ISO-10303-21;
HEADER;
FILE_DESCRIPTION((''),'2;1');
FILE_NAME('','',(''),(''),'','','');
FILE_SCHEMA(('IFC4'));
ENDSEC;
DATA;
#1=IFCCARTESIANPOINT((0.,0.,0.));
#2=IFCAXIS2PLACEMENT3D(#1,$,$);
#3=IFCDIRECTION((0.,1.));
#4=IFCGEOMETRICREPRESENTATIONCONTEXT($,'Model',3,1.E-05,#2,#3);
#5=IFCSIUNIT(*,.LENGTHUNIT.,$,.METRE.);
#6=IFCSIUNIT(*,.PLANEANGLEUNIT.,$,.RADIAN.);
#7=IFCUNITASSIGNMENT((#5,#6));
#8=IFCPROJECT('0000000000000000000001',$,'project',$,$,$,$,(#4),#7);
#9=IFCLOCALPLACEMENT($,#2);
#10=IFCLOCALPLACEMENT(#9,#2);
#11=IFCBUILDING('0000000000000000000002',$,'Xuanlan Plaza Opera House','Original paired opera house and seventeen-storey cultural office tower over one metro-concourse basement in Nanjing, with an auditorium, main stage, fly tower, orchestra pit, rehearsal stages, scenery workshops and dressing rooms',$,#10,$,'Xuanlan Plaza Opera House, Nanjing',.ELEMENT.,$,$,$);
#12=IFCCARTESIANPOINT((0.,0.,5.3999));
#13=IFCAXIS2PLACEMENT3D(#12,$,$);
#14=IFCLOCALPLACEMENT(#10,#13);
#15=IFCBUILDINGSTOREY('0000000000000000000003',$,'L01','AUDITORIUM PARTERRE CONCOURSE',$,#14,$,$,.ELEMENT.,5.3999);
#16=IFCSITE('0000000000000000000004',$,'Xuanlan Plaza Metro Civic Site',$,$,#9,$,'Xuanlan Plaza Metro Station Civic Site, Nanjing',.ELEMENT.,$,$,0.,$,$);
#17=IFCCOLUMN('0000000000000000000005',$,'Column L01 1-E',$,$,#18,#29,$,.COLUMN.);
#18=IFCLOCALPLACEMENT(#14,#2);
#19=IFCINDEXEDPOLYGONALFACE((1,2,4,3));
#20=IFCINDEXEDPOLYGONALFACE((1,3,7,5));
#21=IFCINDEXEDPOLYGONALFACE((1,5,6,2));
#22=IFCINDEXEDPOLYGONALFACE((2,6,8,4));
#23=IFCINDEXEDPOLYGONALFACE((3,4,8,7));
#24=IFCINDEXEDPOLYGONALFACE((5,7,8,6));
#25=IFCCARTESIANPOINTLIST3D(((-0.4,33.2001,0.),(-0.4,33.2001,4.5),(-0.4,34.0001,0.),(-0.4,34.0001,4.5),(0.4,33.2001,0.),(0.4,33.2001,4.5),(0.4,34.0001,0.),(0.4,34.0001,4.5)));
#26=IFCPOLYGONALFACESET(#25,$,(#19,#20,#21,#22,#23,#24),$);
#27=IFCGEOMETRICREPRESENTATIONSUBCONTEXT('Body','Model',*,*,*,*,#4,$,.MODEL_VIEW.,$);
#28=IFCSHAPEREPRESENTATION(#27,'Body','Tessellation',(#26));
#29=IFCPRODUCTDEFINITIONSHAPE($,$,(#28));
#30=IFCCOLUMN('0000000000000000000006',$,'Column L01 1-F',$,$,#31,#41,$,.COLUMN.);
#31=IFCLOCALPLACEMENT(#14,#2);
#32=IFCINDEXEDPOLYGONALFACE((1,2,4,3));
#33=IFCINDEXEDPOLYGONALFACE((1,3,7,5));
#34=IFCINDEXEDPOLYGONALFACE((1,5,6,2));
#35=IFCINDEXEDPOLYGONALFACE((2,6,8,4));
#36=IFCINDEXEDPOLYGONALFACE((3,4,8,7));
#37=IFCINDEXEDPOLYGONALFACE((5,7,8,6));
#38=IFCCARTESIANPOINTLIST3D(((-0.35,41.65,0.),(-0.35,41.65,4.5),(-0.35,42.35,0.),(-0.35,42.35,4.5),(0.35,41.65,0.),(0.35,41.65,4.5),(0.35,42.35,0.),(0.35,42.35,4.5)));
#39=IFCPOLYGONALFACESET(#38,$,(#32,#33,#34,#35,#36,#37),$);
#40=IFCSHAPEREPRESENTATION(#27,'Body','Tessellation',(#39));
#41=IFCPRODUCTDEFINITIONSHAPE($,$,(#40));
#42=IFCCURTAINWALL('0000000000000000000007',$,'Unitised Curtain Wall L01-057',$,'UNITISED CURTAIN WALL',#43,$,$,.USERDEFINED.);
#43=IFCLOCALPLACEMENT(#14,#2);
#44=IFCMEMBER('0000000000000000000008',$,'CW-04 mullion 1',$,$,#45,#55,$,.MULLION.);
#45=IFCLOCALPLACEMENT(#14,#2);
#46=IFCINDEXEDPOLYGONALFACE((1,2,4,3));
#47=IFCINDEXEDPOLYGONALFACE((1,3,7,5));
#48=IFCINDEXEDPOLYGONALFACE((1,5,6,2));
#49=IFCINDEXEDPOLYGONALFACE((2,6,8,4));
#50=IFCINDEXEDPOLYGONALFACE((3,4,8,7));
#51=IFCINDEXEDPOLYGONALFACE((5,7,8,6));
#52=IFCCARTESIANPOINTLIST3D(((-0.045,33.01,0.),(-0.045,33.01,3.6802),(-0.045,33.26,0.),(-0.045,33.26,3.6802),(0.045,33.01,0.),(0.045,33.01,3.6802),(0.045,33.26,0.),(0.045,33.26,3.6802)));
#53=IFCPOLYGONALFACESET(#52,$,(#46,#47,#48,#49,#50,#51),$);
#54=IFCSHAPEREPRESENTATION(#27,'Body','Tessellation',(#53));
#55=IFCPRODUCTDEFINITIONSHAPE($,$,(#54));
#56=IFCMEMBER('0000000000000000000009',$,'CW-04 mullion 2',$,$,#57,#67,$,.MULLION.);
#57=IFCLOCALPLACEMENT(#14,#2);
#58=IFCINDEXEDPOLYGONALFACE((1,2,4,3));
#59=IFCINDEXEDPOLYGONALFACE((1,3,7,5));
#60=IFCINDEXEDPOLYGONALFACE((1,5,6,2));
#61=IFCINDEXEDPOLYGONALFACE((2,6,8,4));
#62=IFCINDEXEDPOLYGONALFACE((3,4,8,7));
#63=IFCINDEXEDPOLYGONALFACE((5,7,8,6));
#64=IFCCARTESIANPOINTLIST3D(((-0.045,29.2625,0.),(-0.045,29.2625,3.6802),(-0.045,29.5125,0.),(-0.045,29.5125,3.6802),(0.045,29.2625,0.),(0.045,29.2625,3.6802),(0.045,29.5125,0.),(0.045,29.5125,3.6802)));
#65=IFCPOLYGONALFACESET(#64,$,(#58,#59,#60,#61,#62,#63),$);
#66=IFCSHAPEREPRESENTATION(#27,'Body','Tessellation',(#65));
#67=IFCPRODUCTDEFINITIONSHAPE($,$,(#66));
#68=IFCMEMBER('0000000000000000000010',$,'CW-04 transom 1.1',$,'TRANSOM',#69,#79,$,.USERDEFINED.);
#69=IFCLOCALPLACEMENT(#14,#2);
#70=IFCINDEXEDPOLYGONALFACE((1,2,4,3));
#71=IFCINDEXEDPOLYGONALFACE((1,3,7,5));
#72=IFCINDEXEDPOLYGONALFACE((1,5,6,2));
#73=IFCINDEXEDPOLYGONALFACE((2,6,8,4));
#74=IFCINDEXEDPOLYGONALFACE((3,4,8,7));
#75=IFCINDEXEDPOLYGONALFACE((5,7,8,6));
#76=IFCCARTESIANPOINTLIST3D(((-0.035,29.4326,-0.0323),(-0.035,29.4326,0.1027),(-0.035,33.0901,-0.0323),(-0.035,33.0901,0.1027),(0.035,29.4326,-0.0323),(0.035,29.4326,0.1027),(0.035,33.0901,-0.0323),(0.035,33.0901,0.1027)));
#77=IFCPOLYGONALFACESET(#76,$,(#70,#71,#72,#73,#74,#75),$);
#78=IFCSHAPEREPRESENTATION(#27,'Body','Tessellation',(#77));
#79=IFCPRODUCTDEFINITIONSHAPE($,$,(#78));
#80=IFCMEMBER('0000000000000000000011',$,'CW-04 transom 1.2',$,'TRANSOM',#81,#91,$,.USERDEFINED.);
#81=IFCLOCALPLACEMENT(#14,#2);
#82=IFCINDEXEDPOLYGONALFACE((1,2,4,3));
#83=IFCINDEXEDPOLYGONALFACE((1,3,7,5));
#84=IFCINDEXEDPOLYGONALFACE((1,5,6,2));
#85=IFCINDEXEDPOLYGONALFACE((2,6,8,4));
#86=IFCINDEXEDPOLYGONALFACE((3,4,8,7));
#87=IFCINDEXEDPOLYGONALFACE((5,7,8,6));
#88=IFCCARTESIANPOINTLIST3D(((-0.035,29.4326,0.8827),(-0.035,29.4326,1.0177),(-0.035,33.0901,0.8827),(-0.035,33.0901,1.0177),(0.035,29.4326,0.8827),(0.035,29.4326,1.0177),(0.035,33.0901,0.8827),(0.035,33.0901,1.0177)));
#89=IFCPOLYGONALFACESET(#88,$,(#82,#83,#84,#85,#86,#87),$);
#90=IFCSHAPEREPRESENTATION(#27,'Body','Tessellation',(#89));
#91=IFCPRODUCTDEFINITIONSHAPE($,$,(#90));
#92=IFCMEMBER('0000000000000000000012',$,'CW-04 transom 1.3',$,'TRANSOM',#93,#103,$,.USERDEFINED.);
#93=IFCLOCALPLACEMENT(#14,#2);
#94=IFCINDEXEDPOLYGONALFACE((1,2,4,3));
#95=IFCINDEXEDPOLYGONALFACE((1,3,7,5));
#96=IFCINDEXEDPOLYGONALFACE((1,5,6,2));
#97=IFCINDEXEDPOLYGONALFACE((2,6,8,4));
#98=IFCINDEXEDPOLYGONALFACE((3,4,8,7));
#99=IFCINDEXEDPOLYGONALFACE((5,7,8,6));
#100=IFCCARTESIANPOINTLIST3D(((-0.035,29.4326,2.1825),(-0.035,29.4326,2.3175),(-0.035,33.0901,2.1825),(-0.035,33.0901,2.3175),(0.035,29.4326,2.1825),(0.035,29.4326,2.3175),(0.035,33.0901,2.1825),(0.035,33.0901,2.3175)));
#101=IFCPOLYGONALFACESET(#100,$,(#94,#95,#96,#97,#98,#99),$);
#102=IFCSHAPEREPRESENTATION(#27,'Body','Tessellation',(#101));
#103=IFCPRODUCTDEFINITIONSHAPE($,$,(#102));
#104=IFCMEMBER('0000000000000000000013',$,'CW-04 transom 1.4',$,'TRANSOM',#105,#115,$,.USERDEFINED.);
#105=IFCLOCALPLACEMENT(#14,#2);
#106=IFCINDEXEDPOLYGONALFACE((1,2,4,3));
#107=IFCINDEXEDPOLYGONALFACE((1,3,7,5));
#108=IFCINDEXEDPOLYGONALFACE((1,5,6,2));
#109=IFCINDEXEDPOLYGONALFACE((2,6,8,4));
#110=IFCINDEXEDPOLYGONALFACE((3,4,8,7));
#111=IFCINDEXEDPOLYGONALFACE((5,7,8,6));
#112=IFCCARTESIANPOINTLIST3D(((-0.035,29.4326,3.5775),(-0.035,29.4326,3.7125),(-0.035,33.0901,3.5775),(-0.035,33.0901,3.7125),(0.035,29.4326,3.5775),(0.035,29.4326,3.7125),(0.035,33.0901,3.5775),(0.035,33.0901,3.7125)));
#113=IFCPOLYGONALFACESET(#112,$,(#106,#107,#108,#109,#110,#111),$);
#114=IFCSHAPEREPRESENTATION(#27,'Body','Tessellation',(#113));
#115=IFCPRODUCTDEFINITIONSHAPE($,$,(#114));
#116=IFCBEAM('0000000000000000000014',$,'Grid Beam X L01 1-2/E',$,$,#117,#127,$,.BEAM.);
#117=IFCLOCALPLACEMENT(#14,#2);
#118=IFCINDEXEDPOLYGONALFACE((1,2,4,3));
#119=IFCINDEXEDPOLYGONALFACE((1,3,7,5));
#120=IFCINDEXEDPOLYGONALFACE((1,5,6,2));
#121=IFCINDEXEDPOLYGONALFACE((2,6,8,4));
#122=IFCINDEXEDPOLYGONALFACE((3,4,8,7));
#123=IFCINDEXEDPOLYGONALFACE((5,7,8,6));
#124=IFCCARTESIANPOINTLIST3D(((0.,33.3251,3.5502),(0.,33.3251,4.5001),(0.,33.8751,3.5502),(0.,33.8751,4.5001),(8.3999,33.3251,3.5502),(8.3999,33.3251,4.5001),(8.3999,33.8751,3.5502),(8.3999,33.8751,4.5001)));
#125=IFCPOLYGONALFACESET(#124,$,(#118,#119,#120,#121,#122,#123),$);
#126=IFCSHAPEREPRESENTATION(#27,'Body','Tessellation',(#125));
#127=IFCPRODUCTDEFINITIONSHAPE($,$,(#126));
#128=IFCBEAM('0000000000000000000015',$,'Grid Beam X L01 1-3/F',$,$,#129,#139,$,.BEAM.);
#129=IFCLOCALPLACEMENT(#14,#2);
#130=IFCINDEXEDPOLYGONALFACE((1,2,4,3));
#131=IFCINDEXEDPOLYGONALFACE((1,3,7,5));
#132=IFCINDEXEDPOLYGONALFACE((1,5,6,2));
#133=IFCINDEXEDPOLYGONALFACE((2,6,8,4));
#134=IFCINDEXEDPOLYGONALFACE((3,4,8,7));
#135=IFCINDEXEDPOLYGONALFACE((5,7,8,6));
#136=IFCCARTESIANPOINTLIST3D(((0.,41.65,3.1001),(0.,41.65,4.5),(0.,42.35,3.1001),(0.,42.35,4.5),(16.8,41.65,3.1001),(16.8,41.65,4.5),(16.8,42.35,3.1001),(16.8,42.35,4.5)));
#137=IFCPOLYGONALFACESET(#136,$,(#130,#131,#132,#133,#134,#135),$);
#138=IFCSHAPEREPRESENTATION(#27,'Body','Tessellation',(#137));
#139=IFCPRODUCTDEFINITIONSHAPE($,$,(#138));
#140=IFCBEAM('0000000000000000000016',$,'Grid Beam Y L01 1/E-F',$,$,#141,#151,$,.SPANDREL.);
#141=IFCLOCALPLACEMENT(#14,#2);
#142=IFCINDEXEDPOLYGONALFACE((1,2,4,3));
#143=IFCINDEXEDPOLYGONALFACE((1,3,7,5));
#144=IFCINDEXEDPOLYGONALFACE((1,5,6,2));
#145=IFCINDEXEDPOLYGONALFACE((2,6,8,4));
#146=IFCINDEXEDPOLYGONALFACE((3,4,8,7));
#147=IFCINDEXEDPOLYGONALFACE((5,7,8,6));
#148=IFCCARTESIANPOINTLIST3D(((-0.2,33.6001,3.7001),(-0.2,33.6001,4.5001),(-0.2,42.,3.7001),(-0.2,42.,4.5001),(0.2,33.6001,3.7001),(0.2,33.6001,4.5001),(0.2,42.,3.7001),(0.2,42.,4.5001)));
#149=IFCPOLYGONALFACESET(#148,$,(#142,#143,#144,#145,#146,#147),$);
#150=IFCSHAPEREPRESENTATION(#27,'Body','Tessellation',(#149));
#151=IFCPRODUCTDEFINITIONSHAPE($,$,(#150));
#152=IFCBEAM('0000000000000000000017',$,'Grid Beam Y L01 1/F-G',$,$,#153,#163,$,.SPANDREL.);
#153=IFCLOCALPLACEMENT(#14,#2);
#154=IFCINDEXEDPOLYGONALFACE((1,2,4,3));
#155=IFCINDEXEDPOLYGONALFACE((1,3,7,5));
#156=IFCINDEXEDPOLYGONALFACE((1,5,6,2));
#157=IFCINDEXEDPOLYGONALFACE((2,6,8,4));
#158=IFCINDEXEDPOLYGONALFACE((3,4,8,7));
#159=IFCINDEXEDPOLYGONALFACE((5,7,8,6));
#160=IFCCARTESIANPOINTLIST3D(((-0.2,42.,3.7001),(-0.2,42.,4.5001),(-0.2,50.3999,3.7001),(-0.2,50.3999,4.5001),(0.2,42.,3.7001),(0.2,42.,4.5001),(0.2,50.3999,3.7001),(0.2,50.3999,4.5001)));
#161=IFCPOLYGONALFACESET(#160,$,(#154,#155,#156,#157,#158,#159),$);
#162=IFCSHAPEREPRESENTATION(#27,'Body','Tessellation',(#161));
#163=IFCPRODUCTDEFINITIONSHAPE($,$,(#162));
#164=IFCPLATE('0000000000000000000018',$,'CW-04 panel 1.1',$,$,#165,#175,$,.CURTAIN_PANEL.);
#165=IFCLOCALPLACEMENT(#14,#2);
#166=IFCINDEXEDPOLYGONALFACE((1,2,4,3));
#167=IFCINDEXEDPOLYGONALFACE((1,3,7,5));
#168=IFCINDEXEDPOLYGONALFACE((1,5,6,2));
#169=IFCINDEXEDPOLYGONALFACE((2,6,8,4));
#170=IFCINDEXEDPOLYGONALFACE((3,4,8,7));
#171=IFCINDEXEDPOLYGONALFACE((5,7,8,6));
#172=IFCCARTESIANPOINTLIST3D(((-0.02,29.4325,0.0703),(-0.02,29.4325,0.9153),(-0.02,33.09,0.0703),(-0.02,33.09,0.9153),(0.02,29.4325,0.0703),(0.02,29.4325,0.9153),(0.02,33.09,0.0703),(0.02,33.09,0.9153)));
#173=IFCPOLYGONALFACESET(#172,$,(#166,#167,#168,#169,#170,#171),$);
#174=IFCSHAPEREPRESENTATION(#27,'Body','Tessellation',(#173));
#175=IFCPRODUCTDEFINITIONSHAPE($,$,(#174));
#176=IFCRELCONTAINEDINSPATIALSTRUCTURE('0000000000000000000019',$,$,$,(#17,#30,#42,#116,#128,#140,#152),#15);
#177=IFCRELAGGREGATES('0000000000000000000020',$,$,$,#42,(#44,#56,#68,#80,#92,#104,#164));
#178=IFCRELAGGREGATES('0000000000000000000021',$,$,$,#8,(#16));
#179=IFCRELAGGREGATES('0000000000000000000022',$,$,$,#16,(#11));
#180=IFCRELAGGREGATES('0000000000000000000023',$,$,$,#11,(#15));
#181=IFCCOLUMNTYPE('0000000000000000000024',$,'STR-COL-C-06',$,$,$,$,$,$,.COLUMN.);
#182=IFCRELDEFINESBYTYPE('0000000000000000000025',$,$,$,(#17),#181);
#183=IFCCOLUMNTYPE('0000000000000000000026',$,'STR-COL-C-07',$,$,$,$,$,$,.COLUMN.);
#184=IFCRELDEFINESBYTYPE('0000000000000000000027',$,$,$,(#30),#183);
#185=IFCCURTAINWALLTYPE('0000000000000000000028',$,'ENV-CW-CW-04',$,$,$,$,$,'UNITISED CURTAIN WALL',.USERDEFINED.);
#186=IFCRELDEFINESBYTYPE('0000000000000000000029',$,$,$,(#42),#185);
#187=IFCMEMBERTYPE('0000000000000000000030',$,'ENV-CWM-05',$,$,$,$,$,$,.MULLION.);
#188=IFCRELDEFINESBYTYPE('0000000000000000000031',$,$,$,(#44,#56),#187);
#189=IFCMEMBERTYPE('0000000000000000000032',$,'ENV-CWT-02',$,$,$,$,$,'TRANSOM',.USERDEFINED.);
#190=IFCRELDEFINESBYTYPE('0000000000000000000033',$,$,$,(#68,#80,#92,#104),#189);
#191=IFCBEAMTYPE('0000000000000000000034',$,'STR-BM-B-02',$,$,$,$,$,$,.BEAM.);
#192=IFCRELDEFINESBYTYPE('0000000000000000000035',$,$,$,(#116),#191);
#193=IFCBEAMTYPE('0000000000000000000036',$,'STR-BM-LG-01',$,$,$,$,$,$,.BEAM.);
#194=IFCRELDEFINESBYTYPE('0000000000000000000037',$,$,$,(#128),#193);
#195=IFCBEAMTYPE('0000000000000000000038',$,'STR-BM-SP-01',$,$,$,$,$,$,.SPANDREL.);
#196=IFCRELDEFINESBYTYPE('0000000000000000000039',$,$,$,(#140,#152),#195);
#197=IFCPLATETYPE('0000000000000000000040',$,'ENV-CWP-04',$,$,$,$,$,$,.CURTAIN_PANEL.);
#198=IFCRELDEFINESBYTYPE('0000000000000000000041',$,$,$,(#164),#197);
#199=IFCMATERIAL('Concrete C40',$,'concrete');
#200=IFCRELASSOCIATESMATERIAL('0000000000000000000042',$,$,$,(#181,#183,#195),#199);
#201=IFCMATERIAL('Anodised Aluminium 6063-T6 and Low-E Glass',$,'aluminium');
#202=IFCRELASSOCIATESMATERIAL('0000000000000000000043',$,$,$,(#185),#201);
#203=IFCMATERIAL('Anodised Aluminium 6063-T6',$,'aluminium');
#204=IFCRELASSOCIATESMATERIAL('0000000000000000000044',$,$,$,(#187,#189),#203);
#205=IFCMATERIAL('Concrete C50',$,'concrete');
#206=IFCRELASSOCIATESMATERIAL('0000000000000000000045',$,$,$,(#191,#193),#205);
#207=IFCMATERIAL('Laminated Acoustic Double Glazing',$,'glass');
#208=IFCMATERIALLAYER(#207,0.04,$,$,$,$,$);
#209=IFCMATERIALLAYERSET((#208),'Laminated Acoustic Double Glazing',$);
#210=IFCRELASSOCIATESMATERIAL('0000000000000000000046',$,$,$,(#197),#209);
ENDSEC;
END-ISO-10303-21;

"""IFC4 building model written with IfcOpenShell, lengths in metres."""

from ifc_helpers import new_model, si_unit, direction, frame, origin, origin_2d, place, context, subcontext, project, spatial, rectangle, extrude, material, layer, layer_set, material_profile, profile_set, type_object, element, aggregate, save


model = new_model("IFC4")

# Units and contexts
model_context = context("Model", 3, precision=1e-05, world=origin(), true_north=direction((0.0, 1.0)))
body_context = subcontext(model_context, "Body", "Model", "MODEL_VIEW")
ifc_project = project(units=[si_unit("LENGTHUNIT", "METRE"), si_unit("PLANEANGLEUNIT", "RADIAN")], contexts=[model_context])

# Site, building, storey
site_placement = place(None, origin())
site = spatial("IfcSite", under=ifc_project, at=site_placement, Name="Xuanlan Plaza Metro Civic Site", LongName="Xuanlan Plaza Metro Station Civic Site, Nanjing", CompositionType="ELEMENT", RefElevation=0.0)
building_placement = place(site_placement, origin())
building = spatial("IfcBuilding", under=site, at=building_placement, Name="Xuanlan Plaza Opera House", Description="Original paired opera house and seventeen-storey cultural office tower over one metro-concourse basement in Nanjing, with an auditorium, main stage, fly tower, orchestra pit, rehearsal stages, scenery workshops and dressing rooms", LongName="Xuanlan Plaza Opera House, Nanjing", CompositionType="ELEMENT")
storey_placement = place(building_placement, frame((0.0, 0.0, 5.3999)))
storey = spatial("IfcBuildingStorey", under=building, at=storey_placement, Name="L01", Description="AUDITORIUM PARTERRE CONCOURSE", CompositionType="ELEMENT", Elevation=5.3999)

# Columns
ifc_material_1 = material(Name="Concrete C40", Category="concrete")
ifc_material_profile_1 = material_profile(ifc_material_1, rectangle(XDim=0.8, YDim=0.8, at=origin_2d()), Name="RC-COL 800x800")
ifc_profile_set_1 = profile_set([ifc_material_profile_1], Name="Concrete C40")
column_type_1 = type_object("IfcColumnType", Name="STR-COL-C-06", PredefinedType="COLUMN", material=ifc_profile_set_1)
column_1_placement = place(storey_placement, frame((0.0, 33.6001, 0.0), z_axis=(0.0, 0.0, 1.0), x_axis=(1.0, 0.0, 0.0)))
element("IfcColumn", 1, at=column_1_placement, inside=storey, type_object=column_type_1, Name="Column L01 1-E", PredefinedType="COLUMN", context=body_context, shape_type="SweptSolid", body=[
    extrude(rectangle(XDim=0.8, YDim=0.8, at=origin_2d()), origin(), (0.0, 0.0, 1.0), 4.5),
])
ifc_material_profile_2 = material_profile(ifc_material_1, rectangle(XDim=0.7, YDim=0.7, at=origin_2d()), Name="RC-COL 700x700")
ifc_profile_set_2 = profile_set([ifc_material_profile_2], Name="Concrete C40")
column_type_2 = type_object("IfcColumnType", Name="STR-COL-C-07", PredefinedType="COLUMN", material=ifc_profile_set_2)
column_2_placement = place(storey_placement, frame((0.0, 42.0, 0.0), z_axis=(0.0, 0.0, 1.0), x_axis=(1.0, 0.0, 0.0)))
element("IfcColumn", 2, at=column_2_placement, inside=storey, type_object=column_type_2, Name="Column L01 1-F", PredefinedType="COLUMN", context=body_context, shape_type="SweptSolid", body=[
    extrude(rectangle(XDim=0.7, YDim=0.7, at=origin_2d()), origin(), (0.0, 0.0, 1.0), 4.5),
])

# Curtain wall, members
ifc_material_2 = material(Name="Anodised Aluminium 6063-T6 and Low-E Glass", Category="aluminium")
curtain_wall_type = type_object("IfcCurtainWallType", Name="ENV-CW-CW-04", ElementType="UNITISED CURTAIN WALL", PredefinedType="USERDEFINED", material=ifc_material_2)
curtain_wall_placement = place(storey_placement, origin())
curtain_wall = element("IfcCurtainWall", 3, at=curtain_wall_placement, inside=storey, type_object=curtain_wall_type, Name="Unitised Curtain Wall L01-057", ObjectType="UNITISED CURTAIN WALL", PredefinedType="USERDEFINED")
ifc_material_3 = material(Name="Anodised Aluminium 6063-T6", Category="aluminium")
ifc_material_profile_3 = material_profile(ifc_material_3, rectangle(XDim=0.0901, YDim=0.25, at=origin_2d()), Name="ALU-M 90x250")
ifc_profile_set_3 = profile_set([ifc_material_profile_3], Name="Anodised Aluminium 6063-T6")
member_type_1 = type_object("IfcMemberType", Name="ENV-CWM-05", PredefinedType="MULLION", material=ifc_profile_set_3)
member_1_placement = place(storey_placement, frame((0.0, 33.135, 0.0), z_axis=(0.0, 0.0, 1.0), x_axis=(1.0, 0.0, 0.0)))
member_1 = element("IfcMember", 4, at=member_1_placement, type_object=member_type_1, Name="CW-04 mullion 1", PredefinedType="MULLION", context=body_context, shape_type="SweptSolid", body=[
    extrude(rectangle(XDim=0.0901, YDim=0.25, at=origin_2d()), origin(), (0.0, 0.0, 1.0), 3.6802),
])
member_2_placement = place(storey_placement, frame((0.0, 29.3875, 0.0), z_axis=(0.0, 0.0, 1.0), x_axis=(1.0, 0.0, 0.0)))
member_2 = element("IfcMember", 5, at=member_2_placement, type_object=member_type_1, Name="CW-04 mullion 2", PredefinedType="MULLION", context=body_context, shape_type="SweptSolid", body=[
    extrude(rectangle(XDim=0.0901, YDim=0.25, at=origin_2d()), origin(), (0.0, 0.0, 1.0), 3.6802),
])
ifc_material_profile_4 = material_profile(ifc_material_3, rectangle(XDim=0.0701, YDim=0.135, at=origin_2d()), Name="ALU-T 70x135")
ifc_profile_set_4 = profile_set([ifc_material_profile_4], Name="Anodised Aluminium 6063-T6")
member_type_2 = type_object("IfcMemberType", Name="ENV-CWT-02", ElementType="TRANSOM", PredefinedType="USERDEFINED", material=ifc_profile_set_4)
member_3_placement = place(storey_placement, frame((0.0, 33.0901, 0.0352), z_axis=(0.0, -1.0, 0.0), x_axis=(1.0, 0.0, 0.0)))
member_3 = element("IfcMember", 6, at=member_3_placement, type_object=member_type_2, Name="CW-04 transom 1.1", ObjectType="TRANSOM", PredefinedType="USERDEFINED", context=body_context, shape_type="SweptSolid", body=[
    extrude(rectangle(XDim=0.0701, YDim=0.135, at=origin_2d()), origin(), (0.0, 0.0, 1.0), 3.6575),
])
member_4_placement = place(storey_placement, frame((0.0, 33.0901, 0.9502), z_axis=(0.0, -1.0, 0.0), x_axis=(1.0, 0.0, 0.0)))
member_4 = element("IfcMember", 7, at=member_4_placement, type_object=member_type_2, Name="CW-04 transom 1.2", ObjectType="TRANSOM", PredefinedType="USERDEFINED", context=body_context, shape_type="SweptSolid", body=[
    extrude(rectangle(XDim=0.0701, YDim=0.135, at=origin_2d()), origin(), (0.0, 0.0, 1.0), 3.6575),
])
member_5_placement = place(storey_placement, frame((0.0, 33.0901, 2.25), z_axis=(0.0, -1.0, 0.0), x_axis=(1.0, 0.0, 0.0)))
member_5 = element("IfcMember", 8, at=member_5_placement, type_object=member_type_2, Name="CW-04 transom 1.3", ObjectType="TRANSOM", PredefinedType="USERDEFINED", context=body_context, shape_type="SweptSolid", body=[
    extrude(rectangle(XDim=0.0701, YDim=0.135, at=origin_2d()), origin(), (0.0, 0.0, 1.0), 3.6575),
])
member_6_placement = place(storey_placement, frame((0.0, 33.0901, 3.645), z_axis=(0.0, -1.0, 0.0), x_axis=(1.0, 0.0, 0.0)))
member_6 = element("IfcMember", 9, at=member_6_placement, type_object=member_type_2, Name="CW-04 transom 1.4", ObjectType="TRANSOM", PredefinedType="USERDEFINED", context=body_context, shape_type="SweptSolid", body=[
    extrude(rectangle(XDim=0.0701, YDim=0.135, at=origin_2d()), origin(), (0.0, 0.0, 1.0), 3.6575),
])

# Beams
ifc_material_4 = material(Name="Concrete C50", Category="concrete")
ifc_material_profile_5 = material_profile(ifc_material_4, rectangle(XDim=0.55, YDim=0.95, at=origin_2d()), Name="RC-BM 550x950")
ifc_profile_set_5 = profile_set([ifc_material_profile_5], Name="Concrete C50")
beam_type_1 = type_object("IfcBeamType", Name="STR-BM-B-02", PredefinedType="BEAM", material=ifc_profile_set_5)
beam_1_placement = place(storey_placement, frame((0.0, 33.6001, 4.0251), z_axis=(1.0, 0.0, 0.0), x_axis=(0.0, 1.0, 0.0)))
element("IfcBeam", 10, at=beam_1_placement, inside=storey, type_object=beam_type_1, Name="Grid Beam X L01 1-2/E", PredefinedType="BEAM", context=body_context, shape_type="SweptSolid", body=[
    extrude(rectangle(XDim=0.55, YDim=0.95, at=origin_2d()), origin(), (0.0, 0.0, 1.0), 8.3999),
])
ifc_material_profile_6 = material_profile(ifc_material_4, rectangle(XDim=0.7, YDim=1.3999, at=origin_2d()), Name="RC-LG 700x1400")
ifc_profile_set_6 = profile_set([ifc_material_profile_6], Name="Concrete C50")
beam_type_2 = type_object("IfcBeamType", Name="STR-BM-LG-01", PredefinedType="BEAM", material=ifc_profile_set_6)
beam_2_placement = place(storey_placement, frame((0.0, 42.0, 3.8), z_axis=(1.0, 0.0, 0.0), x_axis=(0.0, 1.0, 0.0)))
element("IfcBeam", 11, at=beam_2_placement, inside=storey, type_object=beam_type_2, Name="Grid Beam X L01 1-3/F", PredefinedType="BEAM", context=body_context, shape_type="SweptSolid", body=[
    extrude(rectangle(XDim=0.7, YDim=1.3999, at=origin_2d()), origin(), (0.0, 0.0, 1.0), 16.8),
])
ifc_material_profile_7 = material_profile(ifc_material_1, rectangle(XDim=0.3999, YDim=0.8, at=origin_2d()), Name="RC-SPD 400x800")
ifc_profile_set_7 = profile_set([ifc_material_profile_7], Name="Concrete C40")
beam_type_3 = type_object("IfcBeamType", Name="STR-BM-SP-01", PredefinedType="SPANDREL", material=ifc_profile_set_7)
for number, where, z_axis, x_axis, name in (
    (12, (0.0, 33.6001, 4.1001), (0.0, 1.0, 0.0), (-1.0, 0.0, 0.0), "Grid Beam Y L01 1/E-F"),
    (13, (0.0, 42.0, 4.1001), (0.0, 1.0, 0.0), (-1.0, 0.0, 0.0), "Grid Beam Y L01 1/F-G"),
):
    element("IfcBeam", number, at=place(storey_placement, frame(where, z_axis=z_axis, x_axis=x_axis)), inside=storey, type_object=beam_type_3, Name=name, PredefinedType="SPANDREL", context=body_context, shape_type="SweptSolid", body=[
        extrude(rectangle(XDim=0.3999, YDim=0.8, at=origin_2d()), origin(), (0.0, 0.0, 1.0), 8.3999),
    ])

# Plate
ifc_material_5 = material(Name="Laminated Acoustic Double Glazing", Category="glass")
ifc_layer_1 = layer(ifc_material_5, 0.04)
ifc_layer_set_1 = layer_set([ifc_layer_1], Name="Laminated Acoustic Double Glazing")
plate_type = type_object("IfcPlateType", Name="ENV-CWP-04", PredefinedType="CURTAIN_PANEL", material=ifc_layer_set_1)
plate_1_placement = place(storey_placement, frame((0.0, 31.2612, 0.0703), z_axis=(0.0, 0.0, 1.0), x_axis=(0.0, -1.0, 0.0)))
plate_1 = element("IfcPlate", 14, at=plate_1_placement, type_object=plate_type, Name="CW-04 panel 1.1", PredefinedType="CURTAIN_PANEL", context=body_context, shape_type="SweptSolid", body=[
    extrude(rectangle(XDim=3.6575, YDim=0.04, at=origin_2d()), origin(), (0.0, 0.0, 1.0), 0.845),
])
aggregate(curtain_wall, [member_1, member_2, member_3, member_4, member_5, member_6, plate_1])

save(model, "model.ifc")
